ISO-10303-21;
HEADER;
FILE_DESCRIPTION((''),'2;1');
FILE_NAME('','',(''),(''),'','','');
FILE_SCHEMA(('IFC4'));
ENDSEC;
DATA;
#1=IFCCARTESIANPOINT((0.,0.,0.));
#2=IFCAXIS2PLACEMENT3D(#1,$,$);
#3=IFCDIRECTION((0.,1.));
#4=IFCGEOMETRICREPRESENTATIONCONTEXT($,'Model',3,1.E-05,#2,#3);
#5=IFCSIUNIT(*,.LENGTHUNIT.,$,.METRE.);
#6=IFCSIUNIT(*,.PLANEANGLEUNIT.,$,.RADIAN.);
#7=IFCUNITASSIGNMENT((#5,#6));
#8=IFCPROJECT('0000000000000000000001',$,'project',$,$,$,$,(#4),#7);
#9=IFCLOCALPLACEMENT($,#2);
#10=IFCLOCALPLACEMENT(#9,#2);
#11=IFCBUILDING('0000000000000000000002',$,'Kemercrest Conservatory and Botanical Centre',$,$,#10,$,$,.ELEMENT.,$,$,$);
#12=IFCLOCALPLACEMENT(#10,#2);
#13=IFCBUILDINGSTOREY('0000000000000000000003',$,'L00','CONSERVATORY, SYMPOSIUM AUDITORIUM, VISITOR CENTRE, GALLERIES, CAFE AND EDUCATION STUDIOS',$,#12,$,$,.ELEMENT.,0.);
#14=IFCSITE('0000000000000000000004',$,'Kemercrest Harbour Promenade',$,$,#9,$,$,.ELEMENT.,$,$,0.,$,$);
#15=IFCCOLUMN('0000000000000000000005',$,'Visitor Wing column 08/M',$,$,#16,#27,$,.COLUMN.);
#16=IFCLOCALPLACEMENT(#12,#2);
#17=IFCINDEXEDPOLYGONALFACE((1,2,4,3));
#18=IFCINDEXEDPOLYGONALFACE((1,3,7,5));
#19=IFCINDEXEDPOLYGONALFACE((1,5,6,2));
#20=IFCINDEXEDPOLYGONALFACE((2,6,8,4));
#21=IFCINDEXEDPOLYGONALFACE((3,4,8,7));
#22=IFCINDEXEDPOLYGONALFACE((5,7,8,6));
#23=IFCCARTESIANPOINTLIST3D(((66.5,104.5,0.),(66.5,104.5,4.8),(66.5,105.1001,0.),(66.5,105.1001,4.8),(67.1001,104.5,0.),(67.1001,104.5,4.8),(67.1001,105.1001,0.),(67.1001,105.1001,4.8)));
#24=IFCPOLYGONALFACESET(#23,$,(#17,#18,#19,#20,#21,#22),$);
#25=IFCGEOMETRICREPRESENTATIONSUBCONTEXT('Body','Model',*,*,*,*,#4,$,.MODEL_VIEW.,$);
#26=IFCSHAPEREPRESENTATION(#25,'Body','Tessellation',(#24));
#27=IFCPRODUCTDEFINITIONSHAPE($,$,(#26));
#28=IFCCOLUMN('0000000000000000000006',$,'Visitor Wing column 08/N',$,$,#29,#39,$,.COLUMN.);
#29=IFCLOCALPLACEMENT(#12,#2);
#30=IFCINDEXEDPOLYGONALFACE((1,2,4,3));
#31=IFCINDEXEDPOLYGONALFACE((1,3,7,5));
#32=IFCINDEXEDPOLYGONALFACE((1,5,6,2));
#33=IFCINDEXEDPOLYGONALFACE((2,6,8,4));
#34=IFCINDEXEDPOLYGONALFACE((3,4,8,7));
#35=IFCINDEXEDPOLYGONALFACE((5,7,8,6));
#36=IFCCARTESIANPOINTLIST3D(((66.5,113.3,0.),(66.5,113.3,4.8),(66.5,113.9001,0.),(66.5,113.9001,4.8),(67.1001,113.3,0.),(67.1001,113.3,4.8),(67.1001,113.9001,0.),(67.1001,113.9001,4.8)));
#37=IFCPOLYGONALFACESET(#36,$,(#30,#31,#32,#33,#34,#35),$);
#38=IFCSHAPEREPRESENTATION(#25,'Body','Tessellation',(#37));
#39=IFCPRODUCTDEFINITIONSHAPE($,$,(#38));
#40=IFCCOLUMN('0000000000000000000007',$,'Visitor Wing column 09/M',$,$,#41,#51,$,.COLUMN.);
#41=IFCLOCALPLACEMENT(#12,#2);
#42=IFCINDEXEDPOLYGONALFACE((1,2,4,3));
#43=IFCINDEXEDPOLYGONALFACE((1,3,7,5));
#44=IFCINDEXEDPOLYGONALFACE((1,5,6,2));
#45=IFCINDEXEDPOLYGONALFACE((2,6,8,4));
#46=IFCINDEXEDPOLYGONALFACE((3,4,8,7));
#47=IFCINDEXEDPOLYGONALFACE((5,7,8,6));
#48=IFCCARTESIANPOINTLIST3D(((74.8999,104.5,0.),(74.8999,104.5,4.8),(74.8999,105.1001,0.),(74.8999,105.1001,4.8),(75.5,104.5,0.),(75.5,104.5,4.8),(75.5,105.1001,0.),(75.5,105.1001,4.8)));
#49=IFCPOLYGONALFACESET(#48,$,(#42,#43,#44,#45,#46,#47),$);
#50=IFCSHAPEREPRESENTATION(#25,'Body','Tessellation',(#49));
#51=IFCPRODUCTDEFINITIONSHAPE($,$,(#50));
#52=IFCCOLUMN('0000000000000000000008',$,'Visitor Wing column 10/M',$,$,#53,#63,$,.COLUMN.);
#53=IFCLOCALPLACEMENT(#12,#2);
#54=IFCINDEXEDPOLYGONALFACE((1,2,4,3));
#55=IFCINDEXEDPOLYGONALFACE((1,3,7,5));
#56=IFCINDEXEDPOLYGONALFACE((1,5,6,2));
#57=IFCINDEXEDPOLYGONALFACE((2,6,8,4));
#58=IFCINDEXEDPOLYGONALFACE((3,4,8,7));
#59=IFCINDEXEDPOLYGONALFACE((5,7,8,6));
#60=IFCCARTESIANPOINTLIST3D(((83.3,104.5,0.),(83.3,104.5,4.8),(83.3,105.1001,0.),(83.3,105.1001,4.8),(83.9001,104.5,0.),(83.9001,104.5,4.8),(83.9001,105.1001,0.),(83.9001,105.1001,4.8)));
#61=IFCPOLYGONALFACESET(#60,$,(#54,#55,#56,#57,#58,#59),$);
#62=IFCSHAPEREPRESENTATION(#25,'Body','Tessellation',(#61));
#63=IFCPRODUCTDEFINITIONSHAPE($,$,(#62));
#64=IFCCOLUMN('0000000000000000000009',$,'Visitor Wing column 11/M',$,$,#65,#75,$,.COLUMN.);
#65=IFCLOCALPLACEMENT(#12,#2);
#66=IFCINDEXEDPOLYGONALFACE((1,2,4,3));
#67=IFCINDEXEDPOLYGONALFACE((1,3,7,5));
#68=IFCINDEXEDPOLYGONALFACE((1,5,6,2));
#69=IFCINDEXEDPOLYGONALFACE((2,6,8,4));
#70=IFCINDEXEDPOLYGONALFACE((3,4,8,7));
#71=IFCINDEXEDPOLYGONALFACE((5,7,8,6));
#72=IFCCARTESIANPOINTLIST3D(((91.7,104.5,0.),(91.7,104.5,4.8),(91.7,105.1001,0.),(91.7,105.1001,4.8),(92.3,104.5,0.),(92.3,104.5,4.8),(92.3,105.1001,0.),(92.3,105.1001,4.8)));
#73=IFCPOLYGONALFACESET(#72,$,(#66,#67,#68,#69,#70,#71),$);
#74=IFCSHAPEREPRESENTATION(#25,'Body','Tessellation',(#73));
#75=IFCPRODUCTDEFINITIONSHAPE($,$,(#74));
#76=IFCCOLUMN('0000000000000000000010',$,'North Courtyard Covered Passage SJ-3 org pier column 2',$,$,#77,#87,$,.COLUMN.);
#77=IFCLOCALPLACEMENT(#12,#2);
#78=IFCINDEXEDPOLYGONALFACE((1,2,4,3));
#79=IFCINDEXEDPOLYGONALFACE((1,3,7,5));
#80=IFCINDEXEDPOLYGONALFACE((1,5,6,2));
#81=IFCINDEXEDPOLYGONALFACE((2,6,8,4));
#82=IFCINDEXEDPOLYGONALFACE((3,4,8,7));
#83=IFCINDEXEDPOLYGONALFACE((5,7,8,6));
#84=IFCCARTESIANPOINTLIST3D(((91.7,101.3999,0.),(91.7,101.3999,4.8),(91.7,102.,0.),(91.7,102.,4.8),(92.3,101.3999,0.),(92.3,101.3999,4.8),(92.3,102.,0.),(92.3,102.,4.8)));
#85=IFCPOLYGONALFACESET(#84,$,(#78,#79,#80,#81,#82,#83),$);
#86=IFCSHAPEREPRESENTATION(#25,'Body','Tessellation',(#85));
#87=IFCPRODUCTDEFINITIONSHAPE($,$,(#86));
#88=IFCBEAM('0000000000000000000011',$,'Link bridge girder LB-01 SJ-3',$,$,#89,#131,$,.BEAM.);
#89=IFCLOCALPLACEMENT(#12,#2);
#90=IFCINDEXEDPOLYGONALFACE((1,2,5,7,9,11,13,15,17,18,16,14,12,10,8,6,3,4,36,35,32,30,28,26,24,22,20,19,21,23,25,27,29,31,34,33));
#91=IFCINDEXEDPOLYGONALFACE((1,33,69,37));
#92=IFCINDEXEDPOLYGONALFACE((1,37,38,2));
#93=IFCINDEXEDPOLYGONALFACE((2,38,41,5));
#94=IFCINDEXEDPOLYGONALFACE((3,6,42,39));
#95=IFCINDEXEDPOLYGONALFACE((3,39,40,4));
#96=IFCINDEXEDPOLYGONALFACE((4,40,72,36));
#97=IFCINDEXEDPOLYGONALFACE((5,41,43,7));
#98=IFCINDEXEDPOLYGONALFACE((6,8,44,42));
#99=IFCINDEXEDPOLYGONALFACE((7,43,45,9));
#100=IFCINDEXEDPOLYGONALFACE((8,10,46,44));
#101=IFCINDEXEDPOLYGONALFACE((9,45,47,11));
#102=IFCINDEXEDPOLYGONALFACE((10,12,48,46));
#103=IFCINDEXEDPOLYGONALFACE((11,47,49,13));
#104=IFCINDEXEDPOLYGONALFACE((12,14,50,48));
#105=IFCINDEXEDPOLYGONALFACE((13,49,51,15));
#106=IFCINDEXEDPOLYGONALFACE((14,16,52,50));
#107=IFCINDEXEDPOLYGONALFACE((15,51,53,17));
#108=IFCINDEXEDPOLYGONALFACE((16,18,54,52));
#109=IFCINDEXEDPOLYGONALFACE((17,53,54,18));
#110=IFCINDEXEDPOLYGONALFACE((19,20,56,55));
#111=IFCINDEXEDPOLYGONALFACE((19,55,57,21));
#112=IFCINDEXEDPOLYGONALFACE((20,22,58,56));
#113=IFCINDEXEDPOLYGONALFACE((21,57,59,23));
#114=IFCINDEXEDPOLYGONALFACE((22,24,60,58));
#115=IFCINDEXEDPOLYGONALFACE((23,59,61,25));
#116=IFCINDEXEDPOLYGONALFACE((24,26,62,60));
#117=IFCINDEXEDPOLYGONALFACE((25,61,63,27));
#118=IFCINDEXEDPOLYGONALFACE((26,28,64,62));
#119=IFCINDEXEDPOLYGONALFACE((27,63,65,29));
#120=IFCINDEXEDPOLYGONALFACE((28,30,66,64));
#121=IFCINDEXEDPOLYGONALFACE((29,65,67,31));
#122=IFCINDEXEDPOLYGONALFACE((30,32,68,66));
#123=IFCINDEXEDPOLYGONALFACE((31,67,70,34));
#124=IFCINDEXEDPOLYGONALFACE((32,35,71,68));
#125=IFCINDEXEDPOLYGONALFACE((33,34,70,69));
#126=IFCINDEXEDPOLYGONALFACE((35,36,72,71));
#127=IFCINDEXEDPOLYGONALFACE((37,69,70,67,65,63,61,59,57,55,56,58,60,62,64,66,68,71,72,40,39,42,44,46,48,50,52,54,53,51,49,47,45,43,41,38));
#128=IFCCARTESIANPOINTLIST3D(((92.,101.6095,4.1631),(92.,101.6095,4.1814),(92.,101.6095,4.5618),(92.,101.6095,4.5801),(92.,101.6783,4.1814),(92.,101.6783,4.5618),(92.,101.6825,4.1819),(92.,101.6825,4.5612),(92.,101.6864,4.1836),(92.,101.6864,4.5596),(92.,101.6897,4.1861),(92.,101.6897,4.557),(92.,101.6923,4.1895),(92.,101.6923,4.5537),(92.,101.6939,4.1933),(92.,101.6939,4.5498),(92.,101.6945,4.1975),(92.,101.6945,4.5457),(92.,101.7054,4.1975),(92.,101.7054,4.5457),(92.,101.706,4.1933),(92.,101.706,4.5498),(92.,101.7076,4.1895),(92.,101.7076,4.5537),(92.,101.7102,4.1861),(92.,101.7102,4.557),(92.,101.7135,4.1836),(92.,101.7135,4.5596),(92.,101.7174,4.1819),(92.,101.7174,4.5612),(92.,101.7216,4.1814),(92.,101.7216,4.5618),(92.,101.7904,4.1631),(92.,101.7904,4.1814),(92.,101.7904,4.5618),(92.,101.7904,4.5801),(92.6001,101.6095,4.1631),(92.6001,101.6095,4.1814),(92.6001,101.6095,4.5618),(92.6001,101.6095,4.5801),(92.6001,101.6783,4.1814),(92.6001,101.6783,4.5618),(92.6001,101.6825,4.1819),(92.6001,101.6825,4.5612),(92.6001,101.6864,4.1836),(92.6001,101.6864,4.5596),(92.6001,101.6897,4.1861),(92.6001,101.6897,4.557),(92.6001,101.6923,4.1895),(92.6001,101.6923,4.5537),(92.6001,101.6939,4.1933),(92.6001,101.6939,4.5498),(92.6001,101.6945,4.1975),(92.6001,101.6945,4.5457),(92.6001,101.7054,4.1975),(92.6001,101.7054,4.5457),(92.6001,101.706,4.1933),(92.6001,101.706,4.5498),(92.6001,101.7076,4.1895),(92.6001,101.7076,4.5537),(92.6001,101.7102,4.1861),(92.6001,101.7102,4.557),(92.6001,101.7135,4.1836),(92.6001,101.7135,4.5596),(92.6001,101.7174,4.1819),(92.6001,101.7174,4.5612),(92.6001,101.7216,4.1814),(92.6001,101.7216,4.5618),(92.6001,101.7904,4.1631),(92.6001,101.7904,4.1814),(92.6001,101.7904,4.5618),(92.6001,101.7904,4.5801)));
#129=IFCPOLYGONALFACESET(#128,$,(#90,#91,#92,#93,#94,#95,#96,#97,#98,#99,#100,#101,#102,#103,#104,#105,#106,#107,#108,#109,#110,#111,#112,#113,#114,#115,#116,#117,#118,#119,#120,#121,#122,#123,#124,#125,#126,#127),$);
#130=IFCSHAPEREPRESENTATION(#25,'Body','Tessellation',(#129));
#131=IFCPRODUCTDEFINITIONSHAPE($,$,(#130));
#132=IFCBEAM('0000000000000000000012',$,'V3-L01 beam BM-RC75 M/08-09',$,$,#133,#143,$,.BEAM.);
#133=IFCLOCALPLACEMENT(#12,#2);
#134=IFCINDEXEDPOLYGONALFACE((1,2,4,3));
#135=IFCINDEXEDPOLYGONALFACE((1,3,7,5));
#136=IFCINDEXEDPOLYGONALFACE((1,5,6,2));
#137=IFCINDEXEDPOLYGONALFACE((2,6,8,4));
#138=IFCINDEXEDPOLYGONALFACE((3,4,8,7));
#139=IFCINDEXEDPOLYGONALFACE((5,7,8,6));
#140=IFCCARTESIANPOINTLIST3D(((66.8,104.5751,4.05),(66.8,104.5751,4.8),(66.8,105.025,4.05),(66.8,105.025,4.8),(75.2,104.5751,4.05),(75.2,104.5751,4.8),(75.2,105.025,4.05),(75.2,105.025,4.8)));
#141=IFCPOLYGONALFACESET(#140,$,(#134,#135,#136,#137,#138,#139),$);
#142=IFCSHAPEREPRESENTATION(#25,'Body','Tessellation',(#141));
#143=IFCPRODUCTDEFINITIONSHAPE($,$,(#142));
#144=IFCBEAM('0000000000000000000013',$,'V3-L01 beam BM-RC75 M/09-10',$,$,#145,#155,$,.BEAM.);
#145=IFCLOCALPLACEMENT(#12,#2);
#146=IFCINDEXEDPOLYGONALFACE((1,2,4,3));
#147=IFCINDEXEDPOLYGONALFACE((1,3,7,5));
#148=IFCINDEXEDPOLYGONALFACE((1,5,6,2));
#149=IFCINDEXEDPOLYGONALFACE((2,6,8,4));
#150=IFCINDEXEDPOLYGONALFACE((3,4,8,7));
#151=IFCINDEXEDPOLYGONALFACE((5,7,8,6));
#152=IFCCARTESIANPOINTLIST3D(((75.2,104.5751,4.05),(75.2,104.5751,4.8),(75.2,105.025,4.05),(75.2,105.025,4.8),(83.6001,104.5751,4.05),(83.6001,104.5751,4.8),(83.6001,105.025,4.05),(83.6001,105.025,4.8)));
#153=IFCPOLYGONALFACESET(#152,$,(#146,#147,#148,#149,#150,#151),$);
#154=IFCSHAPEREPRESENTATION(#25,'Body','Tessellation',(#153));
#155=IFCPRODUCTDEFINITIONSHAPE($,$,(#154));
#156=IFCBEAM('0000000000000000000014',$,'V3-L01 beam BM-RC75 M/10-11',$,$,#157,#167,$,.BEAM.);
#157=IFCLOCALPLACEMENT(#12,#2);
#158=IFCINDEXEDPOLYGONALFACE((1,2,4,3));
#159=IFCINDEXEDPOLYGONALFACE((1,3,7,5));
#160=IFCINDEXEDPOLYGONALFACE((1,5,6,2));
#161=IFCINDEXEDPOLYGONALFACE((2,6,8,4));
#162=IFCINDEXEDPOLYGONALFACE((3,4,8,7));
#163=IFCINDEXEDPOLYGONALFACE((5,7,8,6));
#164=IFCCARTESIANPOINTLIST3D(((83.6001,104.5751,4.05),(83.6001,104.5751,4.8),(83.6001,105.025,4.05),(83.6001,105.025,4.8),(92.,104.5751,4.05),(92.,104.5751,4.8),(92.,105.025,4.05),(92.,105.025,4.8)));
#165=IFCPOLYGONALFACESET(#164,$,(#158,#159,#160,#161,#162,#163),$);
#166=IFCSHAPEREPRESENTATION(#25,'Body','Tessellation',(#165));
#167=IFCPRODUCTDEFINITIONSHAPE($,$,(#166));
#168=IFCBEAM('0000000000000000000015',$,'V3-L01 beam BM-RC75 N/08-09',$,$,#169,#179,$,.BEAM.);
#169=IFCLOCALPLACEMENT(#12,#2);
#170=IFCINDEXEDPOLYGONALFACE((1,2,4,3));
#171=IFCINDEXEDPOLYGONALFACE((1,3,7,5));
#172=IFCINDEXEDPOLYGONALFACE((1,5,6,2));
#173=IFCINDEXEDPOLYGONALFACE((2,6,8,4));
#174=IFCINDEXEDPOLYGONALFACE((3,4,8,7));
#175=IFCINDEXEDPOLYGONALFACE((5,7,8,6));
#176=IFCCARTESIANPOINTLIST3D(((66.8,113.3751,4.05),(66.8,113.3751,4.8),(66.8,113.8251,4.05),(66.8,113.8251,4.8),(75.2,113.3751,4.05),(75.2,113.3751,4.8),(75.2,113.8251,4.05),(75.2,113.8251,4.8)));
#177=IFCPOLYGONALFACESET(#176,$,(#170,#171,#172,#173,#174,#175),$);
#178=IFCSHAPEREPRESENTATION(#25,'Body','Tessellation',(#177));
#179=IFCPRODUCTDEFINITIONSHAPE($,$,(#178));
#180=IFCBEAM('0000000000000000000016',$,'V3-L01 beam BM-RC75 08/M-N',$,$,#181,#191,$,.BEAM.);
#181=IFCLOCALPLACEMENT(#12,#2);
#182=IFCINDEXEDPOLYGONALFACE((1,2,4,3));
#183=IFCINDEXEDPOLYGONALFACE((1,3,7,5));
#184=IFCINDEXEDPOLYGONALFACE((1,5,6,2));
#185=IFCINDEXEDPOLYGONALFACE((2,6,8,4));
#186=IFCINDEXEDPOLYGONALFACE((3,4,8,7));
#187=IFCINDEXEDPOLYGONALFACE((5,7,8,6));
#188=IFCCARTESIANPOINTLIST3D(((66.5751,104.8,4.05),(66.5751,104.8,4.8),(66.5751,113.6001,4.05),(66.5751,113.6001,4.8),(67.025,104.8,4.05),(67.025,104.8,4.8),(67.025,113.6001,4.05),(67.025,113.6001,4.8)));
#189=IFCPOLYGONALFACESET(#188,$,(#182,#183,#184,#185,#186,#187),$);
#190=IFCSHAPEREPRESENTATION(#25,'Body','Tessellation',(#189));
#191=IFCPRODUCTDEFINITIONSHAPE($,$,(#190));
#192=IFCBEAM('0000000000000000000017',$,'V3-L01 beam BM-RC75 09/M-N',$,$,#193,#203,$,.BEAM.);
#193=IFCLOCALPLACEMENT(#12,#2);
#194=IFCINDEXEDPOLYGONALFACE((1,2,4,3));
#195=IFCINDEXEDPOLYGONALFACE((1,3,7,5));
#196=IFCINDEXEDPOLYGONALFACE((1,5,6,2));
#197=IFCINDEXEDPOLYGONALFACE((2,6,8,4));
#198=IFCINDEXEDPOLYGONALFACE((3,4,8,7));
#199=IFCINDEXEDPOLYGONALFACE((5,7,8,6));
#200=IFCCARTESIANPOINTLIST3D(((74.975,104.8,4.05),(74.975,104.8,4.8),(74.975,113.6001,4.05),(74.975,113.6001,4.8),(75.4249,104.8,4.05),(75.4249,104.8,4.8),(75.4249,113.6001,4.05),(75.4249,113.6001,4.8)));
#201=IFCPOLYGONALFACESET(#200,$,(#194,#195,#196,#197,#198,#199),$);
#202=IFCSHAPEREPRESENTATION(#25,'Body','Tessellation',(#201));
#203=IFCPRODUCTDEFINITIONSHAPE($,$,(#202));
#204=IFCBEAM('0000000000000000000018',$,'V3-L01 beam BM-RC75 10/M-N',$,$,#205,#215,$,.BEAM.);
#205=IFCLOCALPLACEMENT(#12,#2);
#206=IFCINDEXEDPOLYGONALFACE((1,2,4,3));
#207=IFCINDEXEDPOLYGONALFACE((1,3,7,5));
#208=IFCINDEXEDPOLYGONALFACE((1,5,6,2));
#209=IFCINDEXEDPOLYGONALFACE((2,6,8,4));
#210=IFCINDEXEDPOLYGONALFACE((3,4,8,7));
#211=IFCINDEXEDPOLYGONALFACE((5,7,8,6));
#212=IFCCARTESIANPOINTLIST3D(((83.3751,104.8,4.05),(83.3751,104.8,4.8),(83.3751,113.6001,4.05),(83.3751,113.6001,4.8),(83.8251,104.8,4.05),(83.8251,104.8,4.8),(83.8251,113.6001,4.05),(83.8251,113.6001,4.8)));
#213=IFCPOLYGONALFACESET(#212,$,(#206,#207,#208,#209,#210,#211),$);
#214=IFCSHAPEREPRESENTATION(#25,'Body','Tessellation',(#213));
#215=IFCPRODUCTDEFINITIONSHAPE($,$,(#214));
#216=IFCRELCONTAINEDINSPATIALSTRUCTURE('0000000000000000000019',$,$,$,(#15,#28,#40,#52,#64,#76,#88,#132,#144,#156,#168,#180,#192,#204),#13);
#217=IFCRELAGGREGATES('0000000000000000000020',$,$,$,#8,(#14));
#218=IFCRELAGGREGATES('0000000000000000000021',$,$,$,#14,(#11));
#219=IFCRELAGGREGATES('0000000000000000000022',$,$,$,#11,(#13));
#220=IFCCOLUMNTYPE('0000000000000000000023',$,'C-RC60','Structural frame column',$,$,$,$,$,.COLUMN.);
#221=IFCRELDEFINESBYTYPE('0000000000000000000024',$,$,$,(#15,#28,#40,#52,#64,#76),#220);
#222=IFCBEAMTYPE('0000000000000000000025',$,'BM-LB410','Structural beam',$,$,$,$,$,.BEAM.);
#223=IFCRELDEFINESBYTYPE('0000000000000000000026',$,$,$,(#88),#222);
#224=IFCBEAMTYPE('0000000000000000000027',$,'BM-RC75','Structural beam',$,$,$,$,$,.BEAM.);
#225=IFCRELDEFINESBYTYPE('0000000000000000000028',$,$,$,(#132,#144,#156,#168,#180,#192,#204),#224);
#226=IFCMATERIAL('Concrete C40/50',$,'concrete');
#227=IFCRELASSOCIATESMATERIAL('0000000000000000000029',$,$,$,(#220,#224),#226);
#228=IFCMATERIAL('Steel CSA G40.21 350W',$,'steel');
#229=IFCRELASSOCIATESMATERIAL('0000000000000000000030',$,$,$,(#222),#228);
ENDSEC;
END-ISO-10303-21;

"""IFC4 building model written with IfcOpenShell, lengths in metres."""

from ifc_helpers import new_model, si_unit, direction, frame, origin, origin_2d, place, context, subcontext, project, spatial, rectangle, i_section, extrude, material, material_profile, profile_set, type_object, element, save


model = new_model("IFC4")

# Units and contexts
model_context = context("Model", 3, precision=1e-05, world=origin(), true_north=direction((0.0, 1.0)))
body_context = subcontext(model_context, "Body", "Model", "MODEL_VIEW")
ifc_project = project(units=[si_unit("LENGTHUNIT", "METRE"), si_unit("PLANEANGLEUNIT", "RADIAN")], contexts=[model_context])

# Site, building, storey
site_placement = place(None, origin())
site = spatial("IfcSite", under=ifc_project, at=site_placement, Name="Kemercrest Harbour Promenade", CompositionType="ELEMENT", RefElevation=0.0)
building_placement = place(site_placement, origin())
building = spatial("IfcBuilding", under=site, at=building_placement, Name="Kemercrest Conservatory and Botanical Centre", CompositionType="ELEMENT")
storey_placement = place(building_placement, origin())
storey = spatial("IfcBuildingStorey", under=building, at=storey_placement, Name="L00", Description="CONSERVATORY, SYMPOSIUM AUDITORIUM, VISITOR CENTRE, GALLERIES, CAFE AND EDUCATION STUDIOS", CompositionType="ELEMENT", Elevation=0.0)

# Columns
ifc_material_1 = material(Name="Concrete C40/50", Category="concrete")
ifc_material_profile_1 = material_profile(ifc_material_1, rectangle(XDim=0.6001, YDim=0.6001, at=origin_2d()), Name="RC 600x600")
ifc_profile_set_1 = profile_set([ifc_material_profile_1], Name="Concrete C40/50")
column_type = type_object("IfcColumnType", Name="C-RC60", Description="Structural frame column", PredefinedType="COLUMN", material=ifc_profile_set_1)
for number, where, z_axis, x_axis, name in (
    (1, (66.8, 104.8, 0.0), (0.0, 0.0, 1.0), (1.0, 0.0, 0.0), "Visitor Wing column 08/M"),
    (2, (66.8, 113.6001, 0.0), (0.0, 0.0, 1.0), (1.0, 0.0, 0.0), "Visitor Wing column 08/N"),
    (3, (75.2, 104.8, 0.0), (0.0, 0.0, 1.0), (1.0, 0.0, 0.0), "Visitor Wing column 09/M"),
    (4, (83.6001, 104.8, 0.0), (0.0, 0.0, 1.0), (1.0, 0.0, 0.0), "Visitor Wing column 10/M"),
    (5, (92.0, 104.8, 0.0), (0.0, 0.0, 1.0), (1.0, 0.0, 0.0), "Visitor Wing column 11/M"),
    (6, (92.0, 101.7, 0.0), (0.0, 0.0, 1.0), (1.0, 0.0, 0.0), "North Courtyard Covered Passage SJ-3 org pier column 2"),
):
    element("IfcColumn", number, at=place(storey_placement, frame(where, z_axis=z_axis, x_axis=x_axis)), inside=storey, type_object=column_type, Name=name, PredefinedType="COLUMN", context=body_context, shape_type="SweptSolid", body=[
        extrude(rectangle(XDim=0.6001, YDim=0.6001, at=origin_2d()), origin(), (0.0, 0.0, 1.0), 4.8),
    ])

# Beams
ifc_material_2 = material(Name="Steel CSA G40.21 350W", Category="steel")
ifc_material_profile_2 = material_profile(ifc_material_2, i_section(OverallWidth=0.1809, OverallDepth=0.417, WebThickness=0.011, FlangeThickness=0.0183, FilletRadius=0.0161, at=origin_2d()), Name="W410X85")
ifc_profile_set_2 = profile_set([ifc_material_profile_2], Name="Steel CSA G40.21 350W")
beam_type_1 = type_object("IfcBeamType", Name="BM-LB410", Description="Structural beam", PredefinedType="BEAM", material=ifc_profile_set_2)
beam_1_placement = place(storey_placement, frame((92.0, 101.7, 4.3716), z_axis=(1.0, 0.0, 0.0), x_axis=(0.0, 1.0, 0.0)))
element("IfcBeam", 7, at=beam_1_placement, inside=storey, type_object=beam_type_1, Name="Link bridge girder LB-01 SJ-3", PredefinedType="BEAM", context=body_context, shape_type="SweptSolid", body=[
    extrude(i_section(OverallWidth=0.1809, OverallDepth=0.417, WebThickness=0.011, FlangeThickness=0.0183, FilletRadius=0.0161, at=origin_2d()), origin(), (0.0, 0.0, 1.0), 0.6001),
])
ifc_material_profile_3 = material_profile(ifc_material_1, rectangle(XDim=0.45, YDim=0.75, at=origin_2d()), Name="RC 450x750")
ifc_profile_set_3 = profile_set([ifc_material_profile_3], Name="Concrete C40/50")
beam_type_2 = type_object("IfcBeamType", Name="BM-RC75", Description="Structural beam", PredefinedType="BEAM", material=ifc_profile_set_3)
beam_2_placement = place(storey_placement, frame((66.8, 104.8, 4.425), z_axis=(1.0, 0.0, 0.0), x_axis=(0.0, 1.0, 0.0)))
element("IfcBeam", 8, at=beam_2_placement, inside=storey, type_object=beam_type_2, Name="V3-L01 beam BM-RC75 M/08-09", PredefinedType="BEAM", context=body_context, shape_type="SweptSolid", body=[
    extrude(rectangle(XDim=0.45, YDim=0.75, at=origin_2d()), origin(), (0.0, 0.0, 1.0), 8.3999),
])
beam_3_placement = place(storey_placement, frame((75.2, 104.8, 4.425), z_axis=(1.0, 0.0, 0.0), x_axis=(0.0, 1.0, 0.0)))
element("IfcBeam", 9, at=beam_3_placement, inside=storey, type_object=beam_type_2, Name="V3-L01 beam BM-RC75 M/09-10", PredefinedType="BEAM", context=body_context, shape_type="SweptSolid", body=[
    extrude(rectangle(XDim=0.45, YDim=0.75, at=origin_2d()), origin(), (0.0, 0.0, 1.0), 8.4001),
])
for number, where, z_axis, x_axis, name in (
    (10, (83.6001, 104.8, 4.425), (1.0, 0.0, 0.0), (0.0, 1.0, 0.0), "V3-L01 beam BM-RC75 M/10-11"),
    (11, (66.8, 113.6001, 4.425), (1.0, 0.0, 0.0), (0.0, 1.0, 0.0), "V3-L01 beam BM-RC75 N/08-09"),
):
    element("IfcBeam", number, at=place(storey_placement, frame(where, z_axis=z_axis, x_axis=x_axis)), inside=storey, type_object=beam_type_2, Name=name, PredefinedType="BEAM", context=body_context, shape_type="SweptSolid", body=[
        extrude(rectangle(XDim=0.45, YDim=0.75, at=origin_2d()), origin(), (0.0, 0.0, 1.0), 8.3999),
    ])
for number, where, z_axis, x_axis, name in (
    (12, (66.8, 104.8, 4.425), (0.0, 1.0, 0.0), (-1.0, 0.0, 0.0), "V3-L01 beam BM-RC75 08/M-N"),
    (13, (75.2, 104.8, 4.425), (0.0, 1.0, 0.0), (-1.0, 0.0, 0.0), "V3-L01 beam BM-RC75 09/M-N"),
    (14, (83.6001, 104.8, 4.425), (0.0, 1.0, 0.0), (-1.0, 0.0, 0.0), "V3-L01 beam BM-RC75 10/M-N"),
):
    element("IfcBeam", number, at=place(storey_placement, frame(where, z_axis=z_axis, x_axis=x_axis)), inside=storey, type_object=beam_type_2, Name=name, PredefinedType="BEAM", context=body_context, shape_type="SweptSolid", body=[
        extrude(rectangle(XDim=0.45, YDim=0.75, at=origin_2d()), origin(), (0.0, 0.0, 1.0), 8.8),
    ])

save(model, "model.ifc")
